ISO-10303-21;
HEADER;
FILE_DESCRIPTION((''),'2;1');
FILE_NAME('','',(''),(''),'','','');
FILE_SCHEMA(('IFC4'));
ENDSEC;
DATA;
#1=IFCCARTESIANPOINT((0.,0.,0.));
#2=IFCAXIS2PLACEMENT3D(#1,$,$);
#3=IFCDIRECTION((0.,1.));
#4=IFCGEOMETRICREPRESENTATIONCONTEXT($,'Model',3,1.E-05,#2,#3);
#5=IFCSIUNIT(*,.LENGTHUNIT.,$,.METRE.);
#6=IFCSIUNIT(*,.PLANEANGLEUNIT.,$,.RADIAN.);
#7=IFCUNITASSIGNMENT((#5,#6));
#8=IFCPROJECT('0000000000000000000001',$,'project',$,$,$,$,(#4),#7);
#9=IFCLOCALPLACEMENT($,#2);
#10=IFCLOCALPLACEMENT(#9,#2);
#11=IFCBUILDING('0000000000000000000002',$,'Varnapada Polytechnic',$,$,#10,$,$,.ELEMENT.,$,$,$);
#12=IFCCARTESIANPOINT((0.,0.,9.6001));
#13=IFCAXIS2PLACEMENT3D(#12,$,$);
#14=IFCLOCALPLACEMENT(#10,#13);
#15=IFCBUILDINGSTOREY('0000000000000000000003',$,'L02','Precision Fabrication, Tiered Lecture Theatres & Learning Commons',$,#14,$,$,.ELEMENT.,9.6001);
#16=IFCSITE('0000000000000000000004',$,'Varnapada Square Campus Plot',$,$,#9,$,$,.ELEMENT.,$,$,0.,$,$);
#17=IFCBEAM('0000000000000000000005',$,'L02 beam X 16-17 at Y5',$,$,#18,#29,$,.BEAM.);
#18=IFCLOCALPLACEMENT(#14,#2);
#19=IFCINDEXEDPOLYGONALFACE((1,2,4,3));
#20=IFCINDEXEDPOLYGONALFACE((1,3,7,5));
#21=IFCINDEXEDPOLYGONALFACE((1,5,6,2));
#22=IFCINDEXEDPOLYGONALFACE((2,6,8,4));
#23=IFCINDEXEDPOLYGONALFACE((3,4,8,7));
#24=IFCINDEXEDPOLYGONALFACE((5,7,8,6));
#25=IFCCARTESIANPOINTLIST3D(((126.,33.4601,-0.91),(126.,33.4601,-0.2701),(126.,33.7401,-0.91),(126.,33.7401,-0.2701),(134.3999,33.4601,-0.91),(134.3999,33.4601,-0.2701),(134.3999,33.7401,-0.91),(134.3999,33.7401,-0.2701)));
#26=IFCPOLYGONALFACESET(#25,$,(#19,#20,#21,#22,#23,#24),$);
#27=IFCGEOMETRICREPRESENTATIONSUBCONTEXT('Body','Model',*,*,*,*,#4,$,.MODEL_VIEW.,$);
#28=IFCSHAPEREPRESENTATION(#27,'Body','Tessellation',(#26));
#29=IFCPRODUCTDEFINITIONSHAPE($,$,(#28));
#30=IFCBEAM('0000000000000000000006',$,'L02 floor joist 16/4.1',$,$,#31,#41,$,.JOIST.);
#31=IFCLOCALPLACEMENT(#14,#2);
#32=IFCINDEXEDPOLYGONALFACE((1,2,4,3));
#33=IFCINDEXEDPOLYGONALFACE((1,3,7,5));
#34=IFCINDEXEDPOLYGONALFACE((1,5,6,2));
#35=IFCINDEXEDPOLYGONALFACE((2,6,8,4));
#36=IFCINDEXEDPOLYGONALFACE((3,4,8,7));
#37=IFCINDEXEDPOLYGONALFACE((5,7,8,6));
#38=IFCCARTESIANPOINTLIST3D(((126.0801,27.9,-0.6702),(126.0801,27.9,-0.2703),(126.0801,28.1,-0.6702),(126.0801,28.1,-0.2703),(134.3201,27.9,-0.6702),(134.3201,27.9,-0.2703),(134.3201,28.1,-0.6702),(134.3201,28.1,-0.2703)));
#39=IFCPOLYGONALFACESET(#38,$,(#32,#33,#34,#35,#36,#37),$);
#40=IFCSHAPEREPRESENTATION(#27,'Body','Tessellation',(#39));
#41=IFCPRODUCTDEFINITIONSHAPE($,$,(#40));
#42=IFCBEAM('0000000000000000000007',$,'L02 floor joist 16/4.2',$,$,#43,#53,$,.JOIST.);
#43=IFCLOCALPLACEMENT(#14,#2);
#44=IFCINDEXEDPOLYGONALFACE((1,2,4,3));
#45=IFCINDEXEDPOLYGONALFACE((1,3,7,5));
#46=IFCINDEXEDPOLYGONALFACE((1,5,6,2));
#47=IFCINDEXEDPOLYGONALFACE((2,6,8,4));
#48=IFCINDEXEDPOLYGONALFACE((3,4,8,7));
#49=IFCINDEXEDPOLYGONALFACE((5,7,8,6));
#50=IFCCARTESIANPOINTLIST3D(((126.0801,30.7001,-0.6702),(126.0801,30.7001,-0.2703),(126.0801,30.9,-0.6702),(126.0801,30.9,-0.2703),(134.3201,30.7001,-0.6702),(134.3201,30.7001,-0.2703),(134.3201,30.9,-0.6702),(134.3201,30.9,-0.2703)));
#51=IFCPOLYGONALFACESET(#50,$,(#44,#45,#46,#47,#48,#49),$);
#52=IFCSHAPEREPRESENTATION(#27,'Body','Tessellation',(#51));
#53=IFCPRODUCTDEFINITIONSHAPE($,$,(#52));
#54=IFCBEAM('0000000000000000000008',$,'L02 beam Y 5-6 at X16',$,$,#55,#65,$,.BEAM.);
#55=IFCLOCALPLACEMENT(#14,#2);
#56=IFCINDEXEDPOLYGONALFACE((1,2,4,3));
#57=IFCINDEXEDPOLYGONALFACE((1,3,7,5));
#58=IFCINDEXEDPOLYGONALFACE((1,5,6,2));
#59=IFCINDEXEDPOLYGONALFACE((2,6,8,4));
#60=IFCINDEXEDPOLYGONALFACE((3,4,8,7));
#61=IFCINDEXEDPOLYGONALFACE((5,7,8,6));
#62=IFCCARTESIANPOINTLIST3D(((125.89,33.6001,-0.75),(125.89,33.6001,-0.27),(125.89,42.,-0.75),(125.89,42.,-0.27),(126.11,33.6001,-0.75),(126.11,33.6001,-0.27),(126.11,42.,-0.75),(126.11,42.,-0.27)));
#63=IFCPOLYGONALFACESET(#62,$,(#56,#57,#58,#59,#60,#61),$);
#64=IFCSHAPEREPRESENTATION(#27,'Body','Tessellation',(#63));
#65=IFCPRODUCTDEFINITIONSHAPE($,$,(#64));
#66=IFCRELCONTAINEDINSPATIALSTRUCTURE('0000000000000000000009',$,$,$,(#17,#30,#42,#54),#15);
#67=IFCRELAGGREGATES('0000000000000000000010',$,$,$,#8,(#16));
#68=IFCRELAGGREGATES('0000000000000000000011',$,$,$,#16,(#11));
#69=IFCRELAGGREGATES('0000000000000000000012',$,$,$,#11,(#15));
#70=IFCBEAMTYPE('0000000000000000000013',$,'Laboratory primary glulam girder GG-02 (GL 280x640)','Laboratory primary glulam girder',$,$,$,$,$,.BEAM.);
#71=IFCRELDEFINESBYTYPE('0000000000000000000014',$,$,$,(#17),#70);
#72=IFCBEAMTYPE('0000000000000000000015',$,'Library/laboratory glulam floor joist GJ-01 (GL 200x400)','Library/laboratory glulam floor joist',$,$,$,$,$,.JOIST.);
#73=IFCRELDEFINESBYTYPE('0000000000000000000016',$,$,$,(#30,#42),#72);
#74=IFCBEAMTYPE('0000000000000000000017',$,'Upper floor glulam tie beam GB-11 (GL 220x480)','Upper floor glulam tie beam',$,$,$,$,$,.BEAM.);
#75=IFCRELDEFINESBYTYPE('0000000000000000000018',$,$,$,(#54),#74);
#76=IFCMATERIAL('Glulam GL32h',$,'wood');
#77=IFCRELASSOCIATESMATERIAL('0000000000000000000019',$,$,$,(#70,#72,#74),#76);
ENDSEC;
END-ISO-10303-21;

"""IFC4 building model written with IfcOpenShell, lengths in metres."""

from ifc_helpers import new_model, si_unit, direction, frame, origin, origin_2d, place, context, subcontext, project, spatial, rectangle, extrude, material, material_profile, profile_set, type_object, element, save


model = new_model("IFC4")

# Units and contexts
model_context = context("Model", 3, precision=1e-05, world=origin(), true_north=direction((0.0, 1.0)))
body_context = subcontext(model_context, "Body", "Model", "MODEL_VIEW")
ifc_project = project(units=[si_unit("LENGTHUNIT", "METRE"), si_unit("PLANEANGLEUNIT", "RADIAN")], contexts=[model_context])

# Site, building, storey
site_placement = place(None, origin())
site = spatial("IfcSite", under=ifc_project, at=site_placement, Name="Varnapada Square Campus Plot", CompositionType="ELEMENT", RefElevation=0.0)
building_placement = place(site_placement, origin())
building = spatial("IfcBuilding", under=site, at=building_placement, Name="Varnapada Polytechnic", CompositionType="ELEMENT")
storey_placement = place(building_placement, frame((0.0, 0.0, 9.6001)))
storey = spatial("IfcBuildingStorey", under=building, at=storey_placement, Name="L02", Description="Precision Fabrication, Tiered Lecture Theatres & Learning Commons", CompositionType="ELEMENT", Elevation=9.6001)

# Beams
ifc_material_1 = material(Name="Glulam GL32h", Category="wood")
ifc_material_profile_1 = material_profile(ifc_material_1, rectangle(XDim=0.28, YDim=0.6399, at=origin_2d()), Name="GL 280x640")
ifc_profile_set_1 = profile_set([ifc_material_profile_1], Name="Glulam GL32h")
beam_type_1 = type_object("IfcBeamType", Name="Laboratory primary glulam girder GG-02 (GL 280x640)", Description="Laboratory primary glulam girder", PredefinedType="BEAM", material=ifc_profile_set_1)
beam_1_placement = place(storey_placement, frame((126.0, 33.6001, -0.5901), z_axis=(1.0, 0.0, 0.0), x_axis=(0.0, 1.0, 0.0)))
element("IfcBeam", 1, at=beam_1_placement, inside=storey, type_object=beam_type_1, Name="L02 beam X 16-17 at Y5", PredefinedType="BEAM", context=body_context, shape_type="SweptSolid", body=[
    extrude(rectangle(XDim=0.28, YDim=0.6399, at=origin_2d()), origin(), (0.0, 0.0, 1.0), 8.3999),
])
ifc_material_profile_2 = material_profile(ifc_material_1, rectangle(XDim=0.2, YDim=0.3999, at=origin_2d()), Name="GL 200x400")
ifc_profile_set_2 = profile_set([ifc_material_profile_2], Name="Glulam GL32h")
beam_type_2 = type_object("IfcBeamType", Name="Library/laboratory glulam floor joist GJ-01 (GL 200x400)", Description="Library/laboratory glulam floor joist", PredefinedType="JOIST", material=ifc_profile_set_2)
for number, where, z_axis, x_axis, name in (
    (2, (126.0801, 28.0, -0.4702), (1.0, 0.0, 0.0), (0.0, 1.0, 0.0), "L02 floor joist 16/4.1"),
    (3, (126.0801, 30.8, -0.4702), (1.0, 0.0, 0.0), (0.0, 1.0, 0.0), "L02 floor joist 16/4.2"),
):
    element("IfcBeam", number, at=place(storey_placement, frame(where, z_axis=z_axis, x_axis=x_axis)), inside=storey, type_object=beam_type_2, Name=name, PredefinedType="JOIST", context=body_context, shape_type="SweptSolid", body=[
        extrude(rectangle(XDim=0.2, YDim=0.3999, at=origin_2d()), origin(), (0.0, 0.0, 1.0), 8.24),
    ])
ifc_material_profile_3 = material_profile(ifc_material_1, rectangle(XDim=0.22, YDim=0.48, at=origin_2d()), Name="GL 220x480")
ifc_profile_set_3 = profile_set([ifc_material_profile_3], Name="Glulam GL32h")
beam_type_3 = type_object("IfcBeamType", Name="Upper floor glulam tie beam GB-11 (GL 220x480)", Description="Upper floor glulam tie beam", PredefinedType="BEAM", material=ifc_profile_set_3)
beam_2_placement = place(storey_placement, frame((126.0, 33.6001, -0.51), z_axis=(0.0, 1.0, 0.0), x_axis=(-1.0, 0.0, 0.0)))
element("IfcBeam", 4, at=beam_2_placement, inside=storey, type_object=beam_type_3, Name="L02 beam Y 5-6 at X16", PredefinedType="BEAM", context=body_context, shape_type="SweptSolid", body=[
    extrude(rectangle(XDim=0.22, YDim=0.48, at=origin_2d()), origin(), (0.0, 0.0, 1.0), 8.3999),
])

save(model, "model.ifc")
